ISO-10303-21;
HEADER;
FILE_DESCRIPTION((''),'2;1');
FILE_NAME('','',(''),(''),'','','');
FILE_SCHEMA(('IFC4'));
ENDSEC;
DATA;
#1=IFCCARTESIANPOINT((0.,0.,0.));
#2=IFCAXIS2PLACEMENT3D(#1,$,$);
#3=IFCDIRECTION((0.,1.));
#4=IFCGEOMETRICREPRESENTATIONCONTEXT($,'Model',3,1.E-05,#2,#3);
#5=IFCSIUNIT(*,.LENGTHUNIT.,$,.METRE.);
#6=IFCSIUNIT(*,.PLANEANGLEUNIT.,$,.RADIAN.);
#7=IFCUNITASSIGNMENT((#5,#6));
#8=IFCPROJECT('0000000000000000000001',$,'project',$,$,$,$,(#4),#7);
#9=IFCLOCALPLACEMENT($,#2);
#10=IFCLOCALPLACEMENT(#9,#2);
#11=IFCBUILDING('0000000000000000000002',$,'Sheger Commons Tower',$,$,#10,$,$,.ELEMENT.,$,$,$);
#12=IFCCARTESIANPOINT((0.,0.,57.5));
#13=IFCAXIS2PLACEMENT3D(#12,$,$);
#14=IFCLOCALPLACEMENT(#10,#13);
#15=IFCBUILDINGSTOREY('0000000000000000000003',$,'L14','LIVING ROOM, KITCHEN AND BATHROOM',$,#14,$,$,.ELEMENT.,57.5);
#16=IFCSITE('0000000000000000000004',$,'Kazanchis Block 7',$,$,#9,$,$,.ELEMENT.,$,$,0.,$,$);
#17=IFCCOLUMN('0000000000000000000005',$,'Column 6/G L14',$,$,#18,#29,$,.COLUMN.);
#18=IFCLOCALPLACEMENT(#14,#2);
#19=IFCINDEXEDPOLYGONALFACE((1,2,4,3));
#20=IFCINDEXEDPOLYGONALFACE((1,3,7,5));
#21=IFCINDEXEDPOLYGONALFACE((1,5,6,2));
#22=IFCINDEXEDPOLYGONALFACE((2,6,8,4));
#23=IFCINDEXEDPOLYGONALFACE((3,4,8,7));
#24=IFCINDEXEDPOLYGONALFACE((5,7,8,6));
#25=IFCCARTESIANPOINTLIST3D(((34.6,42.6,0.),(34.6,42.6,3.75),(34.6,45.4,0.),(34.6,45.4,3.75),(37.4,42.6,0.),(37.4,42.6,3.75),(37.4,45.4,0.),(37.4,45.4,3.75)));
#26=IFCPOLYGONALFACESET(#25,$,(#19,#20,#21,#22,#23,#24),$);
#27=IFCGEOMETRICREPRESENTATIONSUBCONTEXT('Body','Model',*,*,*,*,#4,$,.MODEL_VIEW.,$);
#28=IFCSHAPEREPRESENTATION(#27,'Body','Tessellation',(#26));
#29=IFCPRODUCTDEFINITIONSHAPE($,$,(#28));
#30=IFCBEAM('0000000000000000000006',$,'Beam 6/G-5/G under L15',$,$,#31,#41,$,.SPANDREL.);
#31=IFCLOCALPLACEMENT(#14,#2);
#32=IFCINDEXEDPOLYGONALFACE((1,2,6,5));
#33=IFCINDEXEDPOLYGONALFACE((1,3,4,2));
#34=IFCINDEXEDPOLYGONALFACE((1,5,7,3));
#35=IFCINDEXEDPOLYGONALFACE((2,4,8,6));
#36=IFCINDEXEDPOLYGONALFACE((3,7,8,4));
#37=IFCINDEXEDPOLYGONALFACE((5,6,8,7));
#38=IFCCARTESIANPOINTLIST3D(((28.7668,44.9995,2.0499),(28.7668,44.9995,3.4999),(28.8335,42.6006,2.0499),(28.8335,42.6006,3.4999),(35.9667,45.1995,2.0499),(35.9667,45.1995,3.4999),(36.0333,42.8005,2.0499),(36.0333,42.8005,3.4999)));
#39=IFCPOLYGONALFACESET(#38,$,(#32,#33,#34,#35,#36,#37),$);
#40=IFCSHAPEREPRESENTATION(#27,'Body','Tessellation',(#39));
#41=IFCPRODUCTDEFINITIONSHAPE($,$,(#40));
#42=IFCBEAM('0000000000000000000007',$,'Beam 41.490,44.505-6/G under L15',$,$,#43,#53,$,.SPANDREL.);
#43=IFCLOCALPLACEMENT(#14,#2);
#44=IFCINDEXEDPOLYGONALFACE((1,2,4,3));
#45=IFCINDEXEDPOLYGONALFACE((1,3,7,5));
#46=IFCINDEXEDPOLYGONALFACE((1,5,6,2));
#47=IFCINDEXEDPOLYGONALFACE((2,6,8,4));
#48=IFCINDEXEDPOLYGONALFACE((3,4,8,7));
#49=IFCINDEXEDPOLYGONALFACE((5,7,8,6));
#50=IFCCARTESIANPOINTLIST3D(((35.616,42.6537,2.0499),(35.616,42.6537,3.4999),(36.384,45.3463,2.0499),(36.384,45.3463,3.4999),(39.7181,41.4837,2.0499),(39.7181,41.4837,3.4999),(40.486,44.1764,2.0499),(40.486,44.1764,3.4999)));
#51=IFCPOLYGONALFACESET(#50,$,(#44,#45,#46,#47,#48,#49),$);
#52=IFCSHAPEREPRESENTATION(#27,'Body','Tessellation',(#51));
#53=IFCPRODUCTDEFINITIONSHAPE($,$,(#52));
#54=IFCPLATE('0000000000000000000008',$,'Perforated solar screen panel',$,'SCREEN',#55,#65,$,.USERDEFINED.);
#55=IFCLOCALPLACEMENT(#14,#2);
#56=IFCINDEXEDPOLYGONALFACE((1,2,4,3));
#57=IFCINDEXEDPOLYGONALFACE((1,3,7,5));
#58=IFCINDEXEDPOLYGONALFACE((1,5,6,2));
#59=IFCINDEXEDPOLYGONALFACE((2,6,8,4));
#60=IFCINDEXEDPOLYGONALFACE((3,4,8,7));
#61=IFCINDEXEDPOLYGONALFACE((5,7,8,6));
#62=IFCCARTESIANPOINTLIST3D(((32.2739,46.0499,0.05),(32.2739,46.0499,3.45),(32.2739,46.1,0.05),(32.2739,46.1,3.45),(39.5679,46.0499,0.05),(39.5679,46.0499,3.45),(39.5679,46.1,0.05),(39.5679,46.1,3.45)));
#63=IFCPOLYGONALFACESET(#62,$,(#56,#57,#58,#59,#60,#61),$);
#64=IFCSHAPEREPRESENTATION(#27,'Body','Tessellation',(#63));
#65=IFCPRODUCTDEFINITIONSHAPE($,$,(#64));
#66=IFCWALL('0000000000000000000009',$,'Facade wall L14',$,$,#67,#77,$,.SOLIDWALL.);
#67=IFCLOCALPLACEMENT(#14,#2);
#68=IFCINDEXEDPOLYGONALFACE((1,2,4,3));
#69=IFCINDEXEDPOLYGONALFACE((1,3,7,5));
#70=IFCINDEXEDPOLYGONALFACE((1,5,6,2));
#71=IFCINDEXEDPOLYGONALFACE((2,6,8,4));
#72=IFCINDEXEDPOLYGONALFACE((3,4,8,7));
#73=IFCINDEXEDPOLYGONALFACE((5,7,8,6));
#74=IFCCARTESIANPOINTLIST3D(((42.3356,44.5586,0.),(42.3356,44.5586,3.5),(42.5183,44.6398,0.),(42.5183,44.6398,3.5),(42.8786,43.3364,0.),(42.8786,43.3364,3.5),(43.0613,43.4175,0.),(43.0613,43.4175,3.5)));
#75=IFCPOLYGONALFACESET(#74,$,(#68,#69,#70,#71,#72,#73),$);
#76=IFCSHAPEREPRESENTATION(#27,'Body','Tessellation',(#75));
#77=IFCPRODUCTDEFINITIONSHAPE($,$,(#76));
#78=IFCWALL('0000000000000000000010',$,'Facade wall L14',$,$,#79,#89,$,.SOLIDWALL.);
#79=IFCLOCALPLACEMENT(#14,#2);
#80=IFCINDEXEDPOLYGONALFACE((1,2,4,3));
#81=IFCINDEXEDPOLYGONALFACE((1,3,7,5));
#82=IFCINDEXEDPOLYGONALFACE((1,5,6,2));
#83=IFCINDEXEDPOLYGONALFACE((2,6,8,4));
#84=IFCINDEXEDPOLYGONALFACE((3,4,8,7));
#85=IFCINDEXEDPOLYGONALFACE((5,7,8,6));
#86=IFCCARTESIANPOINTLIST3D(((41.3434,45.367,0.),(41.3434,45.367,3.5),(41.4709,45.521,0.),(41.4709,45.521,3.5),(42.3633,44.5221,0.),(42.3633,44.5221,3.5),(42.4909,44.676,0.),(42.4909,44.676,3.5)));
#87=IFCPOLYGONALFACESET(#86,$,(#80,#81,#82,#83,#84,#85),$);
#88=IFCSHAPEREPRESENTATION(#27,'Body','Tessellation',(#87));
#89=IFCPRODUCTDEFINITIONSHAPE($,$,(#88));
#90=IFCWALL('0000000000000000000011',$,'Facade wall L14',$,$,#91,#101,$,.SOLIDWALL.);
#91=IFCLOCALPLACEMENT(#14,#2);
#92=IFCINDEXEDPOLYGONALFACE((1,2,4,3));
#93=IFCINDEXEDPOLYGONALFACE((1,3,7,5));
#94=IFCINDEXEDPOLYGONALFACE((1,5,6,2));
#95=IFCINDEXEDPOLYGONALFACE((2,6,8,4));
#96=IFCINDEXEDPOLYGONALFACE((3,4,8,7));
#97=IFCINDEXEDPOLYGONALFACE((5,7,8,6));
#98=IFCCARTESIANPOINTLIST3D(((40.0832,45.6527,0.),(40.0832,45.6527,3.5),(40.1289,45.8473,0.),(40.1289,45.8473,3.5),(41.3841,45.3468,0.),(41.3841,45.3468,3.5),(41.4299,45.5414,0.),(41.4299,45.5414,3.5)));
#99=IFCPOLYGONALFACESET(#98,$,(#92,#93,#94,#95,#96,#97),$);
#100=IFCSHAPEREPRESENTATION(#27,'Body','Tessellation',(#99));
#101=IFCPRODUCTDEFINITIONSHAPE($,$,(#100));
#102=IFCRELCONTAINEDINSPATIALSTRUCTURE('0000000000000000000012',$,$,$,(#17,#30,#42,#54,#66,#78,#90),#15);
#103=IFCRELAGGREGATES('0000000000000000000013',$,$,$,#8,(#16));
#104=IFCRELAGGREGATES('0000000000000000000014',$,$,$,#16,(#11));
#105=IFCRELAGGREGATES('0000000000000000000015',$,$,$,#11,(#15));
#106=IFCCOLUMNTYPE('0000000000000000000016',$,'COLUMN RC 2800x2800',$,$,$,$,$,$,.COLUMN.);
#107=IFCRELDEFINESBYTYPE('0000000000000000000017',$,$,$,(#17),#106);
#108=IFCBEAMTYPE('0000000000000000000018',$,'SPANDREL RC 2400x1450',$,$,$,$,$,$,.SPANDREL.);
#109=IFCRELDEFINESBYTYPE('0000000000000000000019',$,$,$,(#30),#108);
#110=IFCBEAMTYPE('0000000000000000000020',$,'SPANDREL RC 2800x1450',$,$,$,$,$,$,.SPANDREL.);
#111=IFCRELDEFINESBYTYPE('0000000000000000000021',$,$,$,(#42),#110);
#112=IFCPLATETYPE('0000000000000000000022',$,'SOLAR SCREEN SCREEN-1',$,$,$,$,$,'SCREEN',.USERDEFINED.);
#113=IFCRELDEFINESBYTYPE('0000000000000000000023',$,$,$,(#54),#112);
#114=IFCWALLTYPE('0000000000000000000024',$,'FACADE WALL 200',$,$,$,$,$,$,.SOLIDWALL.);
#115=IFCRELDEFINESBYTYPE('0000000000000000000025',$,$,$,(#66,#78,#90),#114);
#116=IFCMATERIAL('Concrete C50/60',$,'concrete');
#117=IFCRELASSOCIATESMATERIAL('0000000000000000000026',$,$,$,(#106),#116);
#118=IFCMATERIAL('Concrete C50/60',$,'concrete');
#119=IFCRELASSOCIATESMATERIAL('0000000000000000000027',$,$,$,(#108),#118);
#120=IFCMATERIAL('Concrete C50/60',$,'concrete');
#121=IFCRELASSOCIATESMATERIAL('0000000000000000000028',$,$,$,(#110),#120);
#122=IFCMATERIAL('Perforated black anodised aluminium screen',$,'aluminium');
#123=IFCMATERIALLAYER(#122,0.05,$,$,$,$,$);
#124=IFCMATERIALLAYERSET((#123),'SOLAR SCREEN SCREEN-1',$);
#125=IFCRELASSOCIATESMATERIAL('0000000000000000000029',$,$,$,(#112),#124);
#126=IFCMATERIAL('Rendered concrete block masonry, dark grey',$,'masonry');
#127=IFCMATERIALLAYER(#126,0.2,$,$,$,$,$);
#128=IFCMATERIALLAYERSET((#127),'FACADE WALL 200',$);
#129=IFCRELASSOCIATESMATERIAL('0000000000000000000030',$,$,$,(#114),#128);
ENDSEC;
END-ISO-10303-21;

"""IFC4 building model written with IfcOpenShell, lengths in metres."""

from ifc_helpers import new_model, si_unit, direction, frame, frame_2d, origin, origin_2d, place, context, subcontext, project, spatial, rectangle, extrude, material, layer, layer_set, material_profile, profile_set, type_object, element, save


model = new_model("IFC4")

# Units and contexts
model_context = context("Model", 3, precision=1e-05, world=origin(), true_north=direction((0.0, 1.0)))
body_context = subcontext(model_context, "Body", "Model", "MODEL_VIEW")
ifc_project = project(units=[si_unit("LENGTHUNIT", "METRE"), si_unit("PLANEANGLEUNIT", "RADIAN")], contexts=[model_context])

# Site, building, storey
site_placement = place(None, origin())
site = spatial("IfcSite", under=ifc_project, at=site_placement, Name="Kazanchis Block 7", CompositionType="ELEMENT", RefElevation=0.0)
building_placement = place(site_placement, origin())
building = spatial("IfcBuilding", under=site, at=building_placement, Name="Sheger Commons Tower", CompositionType="ELEMENT")
storey_placement = place(building_placement, frame((0.0, 0.0, 57.5)))
storey = spatial("IfcBuildingStorey", under=building, at=storey_placement, Name="L14", Description="LIVING ROOM, KITCHEN AND BATHROOM", CompositionType="ELEMENT", Elevation=57.5)

# Column
ifc_material_1 = material(Name="Concrete C50/60", Category="concrete")
ifc_material_profile_1 = material_profile(ifc_material_1, rectangle(XDim=2.8, YDim=2.8, at=origin_2d()), Name="RC 2800x2800")
ifc_profile_set_1 = profile_set([ifc_material_profile_1], Name="Concrete C50/60")
column_type = type_object("IfcColumnType", Name="COLUMN RC 2800x2800", PredefinedType="COLUMN", material=ifc_profile_set_1)
column_placement = place(storey_placement, frame((36.0, 44.0, 0.0), z_axis=(0.0, 0.0, 1.0), x_axis=(1.0, 0.0, 0.0)))
element("IfcColumn", 1, at=column_placement, inside=storey, type_object=column_type, Name="Column 6/G L14", PredefinedType="COLUMN", context=body_context, shape_type="SweptSolid", body=[
    extrude(rectangle(XDim=2.8, YDim=2.8, at=origin_2d()), origin(), (0.0, 0.0, 1.0), 3.75),
])

# Beams
ifc_material_2 = material(Name="Concrete C50/60", Category="concrete")
ifc_material_profile_2 = material_profile(ifc_material_2, rectangle(XDim=2.3999, YDim=1.45, at=origin_2d()), Name="RC 2400x1450")
ifc_profile_set_2 = profile_set([ifc_material_profile_2], Name="Concrete C50/60")
beam_type_1 = type_object("IfcBeamType", Name="SPANDREL RC 2400x1450", PredefinedType="SPANDREL", material=ifc_profile_set_2)
beam_1_placement = place(storey_placement, frame((36.0, 44.0, 2.7749), z_axis=(-0.999615, -0.02776, 0.0), x_axis=(0.02776, -0.999615, 0.0)))
element("IfcBeam", 2, at=beam_1_placement, inside=storey, type_object=beam_type_1, Name="Beam 6/G-5/G under L15", PredefinedType="SPANDREL", context=body_context, shape_type="SweptSolid", body=[
    extrude(rectangle(XDim=2.3999, YDim=1.45, at=origin_2d()), origin(), (0.0, 0.0, 1.0), 7.2026),
])
ifc_material_3 = material(Name="Concrete C50/60", Category="concrete")
ifc_material_profile_3 = material_profile(ifc_material_3, rectangle(XDim=2.8, YDim=1.45, at=origin_2d()), Name="RC 2800x1450")
ifc_profile_set_3 = profile_set([ifc_material_profile_3], Name="Concrete C50/60")
beam_type_2 = type_object("IfcBeamType", Name="SPANDREL RC 2800x1450", PredefinedType="SPANDREL", material=ifc_profile_set_3)
beam_2_placement = place(storey_placement, frame((40.1021, 42.8301, 2.7749), z_axis=(-0.961653, 0.274268, 0.0), x_axis=(-0.274268, -0.961653, 0.0)))
element("IfcBeam", 3, at=beam_2_placement, inside=storey, type_object=beam_type_2, Name="Beam 41.490,44.505-6/G under L15", PredefinedType="SPANDREL", context=body_context, shape_type="SweptSolid", body=[
    extrude(rectangle(XDim=2.8, YDim=1.45, at=origin_2d()), origin(), (0.0, 0.0, 1.0), 4.2656),
])

# Plate
ifc_material_4 = material(Name="Perforated black anodised aluminium screen", Category="aluminium")
ifc_layer_1 = layer(ifc_material_4, 0.05)
ifc_layer_set_1 = layer_set([ifc_layer_1], Name="SOLAR SCREEN SCREEN-1")
plate_type = type_object("IfcPlateType", Name="SOLAR SCREEN SCREEN-1", ElementType="SCREEN", PredefinedType="USERDEFINED", material=ifc_layer_set_1)
plate_placement = place(storey_placement, frame((35.9209, 46.075, 0.05), z_axis=(0.0, 0.0, 1.0), x_axis=(-1.0, 0.0, 0.0)))
element("IfcPlate", 4, at=plate_placement, inside=storey, type_object=plate_type, Name="Perforated solar screen panel", ObjectType="SCREEN", PredefinedType="USERDEFINED", context=body_context, shape_type="SweptSolid", body=[
    extrude(rectangle(XDim=7.2939, YDim=0.05, at=origin_2d()), origin(), (0.0, 0.0, 1.0), 3.3999),
])

# Walls
ifc_material_5 = material(Name="Rendered concrete block masonry, dark grey", Category="masonry")
ifc_layer_2 = layer(ifc_material_5, 0.2)
ifc_layer_set_2 = layer_set([ifc_layer_2], Name="FACADE WALL 200")
wall_type_1 = type_object("IfcWallType", Name="FACADE WALL 200", PredefinedType="SOLIDWALL", material=ifc_layer_set_2)
wall_1_placement = place(storey_placement, frame((42.97, 43.377, 0.0), z_axis=(0.0, 0.0, 1.0), x_axis=(-0.406003, 0.913872, 0.0)))
element("IfcWall", 5, at=wall_1_placement, inside=storey, type_object=wall_type_1, Name="Facade wall L14", PredefinedType="SOLIDWALL", context=body_context, shape_type="SweptSolid", body=[
    extrude(rectangle(XDim=1.3374, YDim=0.2, at=frame_2d((0.6687, 0.0))), origin(), (0.0, 0.0, 1.0), 3.5),
])
wall_2_placement = place(storey_placement, frame((42.427, 44.5991, 0.0), z_axis=(0.0, 0.0, 1.0), x_axis=(-0.770091, 0.637934, 0.0)))
element("IfcWall", 6, at=wall_2_placement, inside=storey, type_object=wall_type_1, Name="Facade wall L14", PredefinedType="SOLIDWALL", context=body_context, shape_type="SweptSolid", body=[
    extrude(rectangle(XDim=1.3245, YDim=0.2, at=frame_2d((0.6621, 0.0))), origin(), (0.0, 0.0, 1.0), 3.5),
])
wall_3_placement = place(storey_placement, frame((41.407, 45.4441, 0.0), z_axis=(0.0, 0.0, 1.0), x_axis=(-0.973453, 0.228887, 0.0)))
element("IfcWall", 7, at=wall_3_placement, inside=storey, type_object=wall_type_1, Name="Facade wall L14", PredefinedType="SOLIDWALL", context=body_context, shape_type="SweptSolid", body=[
    extrude(rectangle(XDim=1.3364, YDim=0.2, at=frame_2d((0.6682, 0.0))), origin(), (0.0, 0.0, 1.0), 3.5),
])

save(model, "model.ifc")
